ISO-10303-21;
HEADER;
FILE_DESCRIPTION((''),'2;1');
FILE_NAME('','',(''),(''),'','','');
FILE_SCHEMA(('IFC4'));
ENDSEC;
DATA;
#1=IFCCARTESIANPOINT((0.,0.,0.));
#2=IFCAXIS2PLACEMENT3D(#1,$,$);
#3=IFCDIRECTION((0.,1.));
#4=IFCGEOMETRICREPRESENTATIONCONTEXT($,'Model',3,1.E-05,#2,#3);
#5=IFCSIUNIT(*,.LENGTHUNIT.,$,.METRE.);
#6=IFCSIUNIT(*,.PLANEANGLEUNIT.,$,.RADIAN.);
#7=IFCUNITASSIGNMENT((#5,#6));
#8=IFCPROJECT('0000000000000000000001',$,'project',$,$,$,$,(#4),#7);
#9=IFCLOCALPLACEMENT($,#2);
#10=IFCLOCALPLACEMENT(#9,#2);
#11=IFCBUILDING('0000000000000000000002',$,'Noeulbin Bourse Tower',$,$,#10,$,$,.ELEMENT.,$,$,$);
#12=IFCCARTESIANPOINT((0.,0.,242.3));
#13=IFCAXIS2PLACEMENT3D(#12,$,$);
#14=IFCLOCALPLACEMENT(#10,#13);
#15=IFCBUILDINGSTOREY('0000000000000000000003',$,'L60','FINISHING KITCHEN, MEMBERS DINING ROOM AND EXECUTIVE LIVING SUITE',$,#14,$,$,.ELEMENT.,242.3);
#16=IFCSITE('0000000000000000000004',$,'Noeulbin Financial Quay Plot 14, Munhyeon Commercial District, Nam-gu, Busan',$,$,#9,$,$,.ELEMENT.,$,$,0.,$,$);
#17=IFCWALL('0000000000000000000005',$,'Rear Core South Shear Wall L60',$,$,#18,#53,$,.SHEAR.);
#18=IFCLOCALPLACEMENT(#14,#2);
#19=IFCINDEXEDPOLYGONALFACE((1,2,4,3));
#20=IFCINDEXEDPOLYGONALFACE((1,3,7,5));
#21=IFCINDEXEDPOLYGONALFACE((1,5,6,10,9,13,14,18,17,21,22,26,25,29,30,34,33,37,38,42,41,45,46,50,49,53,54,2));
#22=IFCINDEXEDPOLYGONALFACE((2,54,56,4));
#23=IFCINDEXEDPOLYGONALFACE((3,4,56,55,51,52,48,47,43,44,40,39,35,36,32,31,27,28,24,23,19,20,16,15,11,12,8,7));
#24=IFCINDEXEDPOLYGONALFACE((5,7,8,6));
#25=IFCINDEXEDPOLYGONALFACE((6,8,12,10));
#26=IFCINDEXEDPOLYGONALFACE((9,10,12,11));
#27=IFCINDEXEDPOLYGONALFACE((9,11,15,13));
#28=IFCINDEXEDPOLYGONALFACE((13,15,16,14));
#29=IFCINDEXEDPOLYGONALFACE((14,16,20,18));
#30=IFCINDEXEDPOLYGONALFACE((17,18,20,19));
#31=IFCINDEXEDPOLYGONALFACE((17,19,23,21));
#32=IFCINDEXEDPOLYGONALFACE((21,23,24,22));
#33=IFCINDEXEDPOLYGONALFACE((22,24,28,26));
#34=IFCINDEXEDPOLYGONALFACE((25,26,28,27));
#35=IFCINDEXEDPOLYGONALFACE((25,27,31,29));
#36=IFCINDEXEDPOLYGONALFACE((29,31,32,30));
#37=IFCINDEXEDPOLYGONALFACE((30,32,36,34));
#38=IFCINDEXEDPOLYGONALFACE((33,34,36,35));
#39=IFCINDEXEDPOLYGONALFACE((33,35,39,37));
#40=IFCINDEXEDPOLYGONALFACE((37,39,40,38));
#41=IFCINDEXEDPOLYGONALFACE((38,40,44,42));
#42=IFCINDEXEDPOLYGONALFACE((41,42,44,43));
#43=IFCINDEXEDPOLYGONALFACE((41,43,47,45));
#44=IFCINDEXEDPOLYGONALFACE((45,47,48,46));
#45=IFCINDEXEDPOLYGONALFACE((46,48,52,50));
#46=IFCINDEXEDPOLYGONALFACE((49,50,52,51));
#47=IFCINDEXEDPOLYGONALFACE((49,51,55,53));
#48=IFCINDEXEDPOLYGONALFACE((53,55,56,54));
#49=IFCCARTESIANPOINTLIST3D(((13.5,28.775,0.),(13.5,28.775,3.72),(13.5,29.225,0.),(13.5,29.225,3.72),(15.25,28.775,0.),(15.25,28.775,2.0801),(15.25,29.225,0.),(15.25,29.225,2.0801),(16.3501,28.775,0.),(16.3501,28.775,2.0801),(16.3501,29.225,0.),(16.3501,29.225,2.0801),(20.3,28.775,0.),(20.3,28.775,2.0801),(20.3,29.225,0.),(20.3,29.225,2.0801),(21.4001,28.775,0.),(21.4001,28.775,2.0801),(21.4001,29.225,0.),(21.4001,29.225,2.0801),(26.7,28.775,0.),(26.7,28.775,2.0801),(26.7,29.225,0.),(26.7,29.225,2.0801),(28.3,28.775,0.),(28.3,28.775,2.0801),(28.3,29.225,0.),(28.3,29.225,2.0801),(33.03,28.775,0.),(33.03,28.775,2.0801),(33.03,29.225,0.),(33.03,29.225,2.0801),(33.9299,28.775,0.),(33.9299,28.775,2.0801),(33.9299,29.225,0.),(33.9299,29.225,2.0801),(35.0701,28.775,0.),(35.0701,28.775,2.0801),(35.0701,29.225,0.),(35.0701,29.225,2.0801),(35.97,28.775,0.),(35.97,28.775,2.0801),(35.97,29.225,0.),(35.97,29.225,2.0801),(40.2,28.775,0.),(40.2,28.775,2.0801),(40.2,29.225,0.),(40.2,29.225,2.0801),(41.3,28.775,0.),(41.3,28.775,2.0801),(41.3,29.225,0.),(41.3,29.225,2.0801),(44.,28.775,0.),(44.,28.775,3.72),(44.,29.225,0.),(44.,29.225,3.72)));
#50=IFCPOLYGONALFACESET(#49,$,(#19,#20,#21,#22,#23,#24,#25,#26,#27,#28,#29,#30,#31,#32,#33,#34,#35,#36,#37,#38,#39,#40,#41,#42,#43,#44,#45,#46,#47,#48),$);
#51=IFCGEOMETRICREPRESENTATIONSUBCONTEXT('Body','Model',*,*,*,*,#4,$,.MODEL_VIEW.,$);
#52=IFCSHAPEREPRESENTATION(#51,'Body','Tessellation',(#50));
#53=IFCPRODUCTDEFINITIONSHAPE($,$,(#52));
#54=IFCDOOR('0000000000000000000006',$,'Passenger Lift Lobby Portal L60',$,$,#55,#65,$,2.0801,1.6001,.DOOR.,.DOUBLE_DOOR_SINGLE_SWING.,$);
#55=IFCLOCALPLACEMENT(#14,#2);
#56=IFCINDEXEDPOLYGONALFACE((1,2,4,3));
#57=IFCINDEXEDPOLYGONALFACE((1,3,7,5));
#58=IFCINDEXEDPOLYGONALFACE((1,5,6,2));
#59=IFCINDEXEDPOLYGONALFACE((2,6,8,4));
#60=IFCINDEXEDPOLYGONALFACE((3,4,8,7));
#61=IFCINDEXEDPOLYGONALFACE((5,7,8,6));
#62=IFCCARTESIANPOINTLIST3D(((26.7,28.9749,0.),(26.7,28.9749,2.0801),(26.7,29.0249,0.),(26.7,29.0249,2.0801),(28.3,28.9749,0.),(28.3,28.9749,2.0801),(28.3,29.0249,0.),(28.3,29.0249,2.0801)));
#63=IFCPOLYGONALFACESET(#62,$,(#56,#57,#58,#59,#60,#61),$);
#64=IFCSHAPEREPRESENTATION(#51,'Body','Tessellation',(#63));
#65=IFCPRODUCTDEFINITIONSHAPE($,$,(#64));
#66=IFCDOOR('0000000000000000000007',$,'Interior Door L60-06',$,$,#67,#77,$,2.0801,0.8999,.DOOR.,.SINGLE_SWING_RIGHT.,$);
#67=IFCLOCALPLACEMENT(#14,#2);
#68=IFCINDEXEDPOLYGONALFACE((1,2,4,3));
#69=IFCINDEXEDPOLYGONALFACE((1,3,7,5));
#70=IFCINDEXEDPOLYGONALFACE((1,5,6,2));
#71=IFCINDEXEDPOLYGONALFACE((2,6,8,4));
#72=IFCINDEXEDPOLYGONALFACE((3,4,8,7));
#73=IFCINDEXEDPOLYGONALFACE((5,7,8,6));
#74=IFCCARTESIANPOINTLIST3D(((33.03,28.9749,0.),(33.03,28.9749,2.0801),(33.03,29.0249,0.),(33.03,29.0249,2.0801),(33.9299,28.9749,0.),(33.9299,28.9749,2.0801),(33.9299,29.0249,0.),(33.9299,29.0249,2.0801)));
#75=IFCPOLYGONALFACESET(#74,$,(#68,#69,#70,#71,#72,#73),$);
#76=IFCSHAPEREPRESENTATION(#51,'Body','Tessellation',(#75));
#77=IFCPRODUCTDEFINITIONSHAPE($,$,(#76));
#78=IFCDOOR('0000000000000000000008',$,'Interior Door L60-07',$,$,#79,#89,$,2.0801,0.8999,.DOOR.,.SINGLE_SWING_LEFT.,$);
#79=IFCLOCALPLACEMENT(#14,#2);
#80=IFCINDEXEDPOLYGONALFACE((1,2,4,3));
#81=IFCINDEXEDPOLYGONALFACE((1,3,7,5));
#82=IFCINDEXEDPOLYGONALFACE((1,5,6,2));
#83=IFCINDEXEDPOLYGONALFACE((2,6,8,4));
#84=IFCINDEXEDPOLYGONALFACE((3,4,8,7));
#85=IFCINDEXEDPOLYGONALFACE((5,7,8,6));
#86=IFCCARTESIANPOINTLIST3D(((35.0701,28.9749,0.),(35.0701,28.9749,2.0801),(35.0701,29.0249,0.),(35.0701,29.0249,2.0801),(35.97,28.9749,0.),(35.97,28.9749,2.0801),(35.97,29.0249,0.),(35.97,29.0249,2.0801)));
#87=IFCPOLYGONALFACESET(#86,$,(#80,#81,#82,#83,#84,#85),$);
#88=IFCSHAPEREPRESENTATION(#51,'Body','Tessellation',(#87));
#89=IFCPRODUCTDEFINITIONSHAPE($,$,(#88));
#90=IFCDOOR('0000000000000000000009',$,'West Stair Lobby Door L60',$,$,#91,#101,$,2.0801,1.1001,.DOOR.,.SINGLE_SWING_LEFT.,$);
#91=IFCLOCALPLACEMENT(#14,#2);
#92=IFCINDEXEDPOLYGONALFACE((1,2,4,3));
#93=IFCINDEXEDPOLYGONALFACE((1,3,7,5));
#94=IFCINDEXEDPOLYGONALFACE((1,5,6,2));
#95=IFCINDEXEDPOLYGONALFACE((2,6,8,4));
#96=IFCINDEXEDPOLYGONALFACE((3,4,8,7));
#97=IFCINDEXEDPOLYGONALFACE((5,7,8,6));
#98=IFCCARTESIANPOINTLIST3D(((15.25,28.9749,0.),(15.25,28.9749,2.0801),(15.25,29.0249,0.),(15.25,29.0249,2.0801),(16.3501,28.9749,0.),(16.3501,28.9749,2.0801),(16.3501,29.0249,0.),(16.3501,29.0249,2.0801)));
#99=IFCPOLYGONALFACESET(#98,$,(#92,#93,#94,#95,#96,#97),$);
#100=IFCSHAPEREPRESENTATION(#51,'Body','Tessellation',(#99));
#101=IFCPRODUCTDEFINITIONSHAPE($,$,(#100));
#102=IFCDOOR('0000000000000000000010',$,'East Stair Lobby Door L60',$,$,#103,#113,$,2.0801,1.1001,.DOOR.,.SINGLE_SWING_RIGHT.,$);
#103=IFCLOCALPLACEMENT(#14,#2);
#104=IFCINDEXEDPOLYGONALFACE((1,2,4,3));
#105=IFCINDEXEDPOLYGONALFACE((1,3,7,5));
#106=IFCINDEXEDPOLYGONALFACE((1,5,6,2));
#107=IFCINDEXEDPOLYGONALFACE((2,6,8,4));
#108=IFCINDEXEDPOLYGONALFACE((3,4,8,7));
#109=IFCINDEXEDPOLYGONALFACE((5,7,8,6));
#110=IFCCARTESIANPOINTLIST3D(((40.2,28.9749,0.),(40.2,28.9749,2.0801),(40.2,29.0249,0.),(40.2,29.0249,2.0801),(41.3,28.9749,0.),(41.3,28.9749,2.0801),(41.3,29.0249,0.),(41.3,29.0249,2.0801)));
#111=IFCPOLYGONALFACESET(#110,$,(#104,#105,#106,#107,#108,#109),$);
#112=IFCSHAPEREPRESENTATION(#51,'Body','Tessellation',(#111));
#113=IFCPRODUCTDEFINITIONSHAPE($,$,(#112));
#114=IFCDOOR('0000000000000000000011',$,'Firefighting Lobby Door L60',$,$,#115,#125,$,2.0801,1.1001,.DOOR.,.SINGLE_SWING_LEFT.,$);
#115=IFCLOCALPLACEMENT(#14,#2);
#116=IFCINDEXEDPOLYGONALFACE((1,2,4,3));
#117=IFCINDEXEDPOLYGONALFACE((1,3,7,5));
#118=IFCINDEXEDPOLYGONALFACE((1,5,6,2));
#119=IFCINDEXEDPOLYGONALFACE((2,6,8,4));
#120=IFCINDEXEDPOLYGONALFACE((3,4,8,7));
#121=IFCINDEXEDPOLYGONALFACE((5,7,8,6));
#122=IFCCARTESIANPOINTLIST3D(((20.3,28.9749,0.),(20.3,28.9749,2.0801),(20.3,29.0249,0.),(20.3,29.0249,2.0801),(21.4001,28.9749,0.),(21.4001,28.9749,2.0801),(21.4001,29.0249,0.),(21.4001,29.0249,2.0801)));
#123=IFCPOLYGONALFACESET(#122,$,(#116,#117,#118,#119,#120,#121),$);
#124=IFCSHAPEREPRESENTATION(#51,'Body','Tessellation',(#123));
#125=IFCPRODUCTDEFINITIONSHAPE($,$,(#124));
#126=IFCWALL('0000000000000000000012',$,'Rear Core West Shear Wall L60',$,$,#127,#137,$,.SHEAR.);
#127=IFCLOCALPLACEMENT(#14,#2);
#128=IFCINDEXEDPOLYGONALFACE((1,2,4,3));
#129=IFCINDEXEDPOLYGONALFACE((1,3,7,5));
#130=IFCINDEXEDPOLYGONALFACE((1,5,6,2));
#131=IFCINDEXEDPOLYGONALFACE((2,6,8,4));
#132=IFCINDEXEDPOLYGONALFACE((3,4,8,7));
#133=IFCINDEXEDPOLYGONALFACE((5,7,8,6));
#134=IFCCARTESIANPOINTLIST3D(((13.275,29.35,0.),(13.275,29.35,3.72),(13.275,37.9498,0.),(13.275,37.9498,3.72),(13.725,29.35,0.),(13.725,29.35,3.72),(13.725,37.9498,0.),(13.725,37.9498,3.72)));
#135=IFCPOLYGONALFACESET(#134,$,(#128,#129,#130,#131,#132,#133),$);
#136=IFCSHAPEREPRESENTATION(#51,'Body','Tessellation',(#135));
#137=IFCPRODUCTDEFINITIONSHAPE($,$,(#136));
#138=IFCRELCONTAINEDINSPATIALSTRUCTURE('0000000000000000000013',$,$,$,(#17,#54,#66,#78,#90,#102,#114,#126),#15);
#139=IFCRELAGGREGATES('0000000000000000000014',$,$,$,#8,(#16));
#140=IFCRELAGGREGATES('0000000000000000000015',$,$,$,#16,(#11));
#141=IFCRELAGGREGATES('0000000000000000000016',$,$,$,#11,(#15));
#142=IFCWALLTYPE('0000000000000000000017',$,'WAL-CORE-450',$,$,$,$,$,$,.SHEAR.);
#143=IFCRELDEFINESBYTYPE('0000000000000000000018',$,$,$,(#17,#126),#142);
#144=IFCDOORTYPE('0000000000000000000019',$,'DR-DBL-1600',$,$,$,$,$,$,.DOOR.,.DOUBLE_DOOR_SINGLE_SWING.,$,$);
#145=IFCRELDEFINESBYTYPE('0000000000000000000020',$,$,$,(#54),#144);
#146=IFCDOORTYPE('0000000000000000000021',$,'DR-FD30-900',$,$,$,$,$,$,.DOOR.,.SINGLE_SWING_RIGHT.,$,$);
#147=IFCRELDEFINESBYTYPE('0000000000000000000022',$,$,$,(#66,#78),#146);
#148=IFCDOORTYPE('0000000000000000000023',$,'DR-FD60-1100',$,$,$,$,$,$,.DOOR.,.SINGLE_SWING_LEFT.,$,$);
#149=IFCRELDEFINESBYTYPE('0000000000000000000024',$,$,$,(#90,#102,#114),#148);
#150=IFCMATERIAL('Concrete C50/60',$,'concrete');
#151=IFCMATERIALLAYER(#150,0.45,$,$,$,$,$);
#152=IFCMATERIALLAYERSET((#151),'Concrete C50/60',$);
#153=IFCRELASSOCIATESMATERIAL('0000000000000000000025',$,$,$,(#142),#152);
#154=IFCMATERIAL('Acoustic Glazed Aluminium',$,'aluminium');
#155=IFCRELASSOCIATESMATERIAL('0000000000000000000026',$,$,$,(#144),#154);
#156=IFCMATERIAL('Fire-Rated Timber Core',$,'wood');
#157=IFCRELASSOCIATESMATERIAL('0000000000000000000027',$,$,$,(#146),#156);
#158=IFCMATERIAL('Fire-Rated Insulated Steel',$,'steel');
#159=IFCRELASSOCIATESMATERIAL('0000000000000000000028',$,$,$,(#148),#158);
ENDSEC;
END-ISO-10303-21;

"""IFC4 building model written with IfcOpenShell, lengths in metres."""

from ifc_helpers import new_model, si_unit, direction, frame, frame_2d, origin, place, context, subcontext, project, spatial, rectangle, extrude, material, layer, layer_set, type_object, element, fill, save


model = new_model("IFC4")

# Units and contexts
model_context = context("Model", 3, precision=1e-05, world=origin(), true_north=direction((0.0, 1.0)))
body_context = subcontext(model_context, "Body", "Model", "MODEL_VIEW")
ifc_project = project(units=[si_unit("LENGTHUNIT", "METRE"), si_unit("PLANEANGLEUNIT", "RADIAN")], contexts=[model_context])

# Site, building, storey
site_placement = place(None, origin())
site = spatial("IfcSite", under=ifc_project, at=site_placement, Name="Noeulbin Financial Quay Plot 14, Munhyeon Commercial District, Nam-gu, Busan", CompositionType="ELEMENT", RefElevation=0.0)
building_placement = place(site_placement, origin())
building = spatial("IfcBuilding", under=site, at=building_placement, Name="Noeulbin Bourse Tower", CompositionType="ELEMENT")
storey_placement = place(building_placement, frame((0.0, 0.0, 242.3)))
storey = spatial("IfcBuildingStorey", under=building, at=storey_placement, Name="L60", Description="FINISHING KITCHEN, MEMBERS DINING ROOM AND EXECUTIVE LIVING SUITE", CompositionType="ELEMENT", Elevation=242.3)

# Wall, openings, doors
ifc_material_1 = material(Name="Concrete C50/60", Category="concrete")
ifc_layer_1 = layer(ifc_material_1, 0.45)
ifc_layer_set_1 = layer_set([ifc_layer_1], Name="Concrete C50/60")
wall_type_1 = type_object("IfcWallType", Name="WAL-CORE-450", PredefinedType="SHEAR", material=ifc_layer_set_1)
wall_1_placement = place(storey_placement, frame((13.5, 29.0, 0.0), z_axis=(0.0, 0.0, 1.0), x_axis=(1.0, 0.0, 0.0)))
wall_1 = element("IfcWall", 1, at=wall_1_placement, inside=storey, type_object=wall_type_1, Name="Rear Core South Shear Wall L60", PredefinedType="SHEAR", context=body_context, shape_type="SweptSolid", body=[
    extrude(rectangle(XDim=30.5, YDim=0.45, at=frame_2d((15.25, 0.0))), origin(), (0.0, 0.0, 1.0), 3.72),
])
opening_1_placement = place(wall_1_placement, frame((1.75, 0.0, 0.0)))
opening_1 = element("IfcOpeningElement", 2, at=opening_1_placement, cuts=wall_1, PredefinedType="OPENING", context=body_context, shape_type="SweptSolid", body=[
    extrude(rectangle(XDim=1.1001, YDim=2.0801, at=frame_2d((0.55, 1.04))), frame((0.0, 0.2349, 0.0), z_axis=(0.0, -1.0, 0.0), x_axis=(1.0, 0.0, 0.0)), (0.0, 0.0, 1.0), 0.47),
])
opening_2_placement = place(wall_1_placement, frame((26.7, 0.0, 0.0)))
opening_2 = element("IfcOpeningElement", 3, at=opening_2_placement, cuts=wall_1, PredefinedType="OPENING", context=body_context, shape_type="SweptSolid", body=[
    extrude(rectangle(XDim=1.1001, YDim=2.0801, at=frame_2d((0.55, 1.04))), frame((0.0, 0.2349, 0.0), z_axis=(0.0, -1.0, 0.0), x_axis=(1.0, 0.0, 0.0)), (0.0, 0.0, 1.0), 0.47),
])
opening_3_placement = place(wall_1_placement, frame((6.8, 0.0, 0.0)))
opening_3 = element("IfcOpeningElement", 4, at=opening_3_placement, cuts=wall_1, PredefinedType="OPENING", context=body_context, shape_type="SweptSolid", body=[
    extrude(rectangle(XDim=1.1001, YDim=2.0801, at=frame_2d((0.55, 1.04))), frame((0.0, 0.2349, 0.0), z_axis=(0.0, -1.0, 0.0), x_axis=(1.0, 0.0, 0.0)), (0.0, 0.0, 1.0), 0.47),
])
opening_4_placement = place(wall_1_placement, frame((13.2, 0.0, 0.0)))
opening_4 = element("IfcOpeningElement", 5, at=opening_4_placement, cuts=wall_1, PredefinedType="OPENING", context=body_context, shape_type="SweptSolid", body=[
    extrude(rectangle(XDim=1.6001, YDim=2.0801, at=frame_2d((0.8, 1.04))), frame((0.0, 0.2349, 0.0), z_axis=(0.0, -1.0, 0.0), x_axis=(1.0, 0.0, 0.0)), (0.0, 0.0, 1.0), 0.47),
])
opening_5_placement = place(wall_1_placement, frame((19.53, 0.0, 0.0)))
opening_5 = element("IfcOpeningElement", 6, at=opening_5_placement, cuts=wall_1, PredefinedType="OPENING", context=body_context, shape_type="SweptSolid", body=[
    extrude(rectangle(XDim=0.8999, YDim=2.0801, at=frame_2d((0.45, 1.04))), frame((0.0, 0.2349, 0.0), z_axis=(0.0, -1.0, 0.0), x_axis=(1.0, 0.0, 0.0)), (0.0, 0.0, 1.0), 0.47),
])
opening_6_placement = place(wall_1_placement, frame((21.5701, 0.0, 0.0)))
opening_6 = element("IfcOpeningElement", 7, at=opening_6_placement, cuts=wall_1, PredefinedType="OPENING", context=body_context, shape_type="SweptSolid", body=[
    extrude(rectangle(XDim=0.8999, YDim=2.0801, at=frame_2d((0.45, 1.04))), frame((0.0, 0.2349, 0.0), z_axis=(0.0, -1.0, 0.0), x_axis=(1.0, 0.0, 0.0)), (0.0, 0.0, 1.0), 0.47),
])
ifc_material_2 = material(Name="Acoustic Glazed Aluminium", Category="aluminium")
door_type_1 = type_object("IfcDoorType", Name="DR-DBL-1600", OperationType="DOUBLE_DOOR_SINGLE_SWING", PredefinedType="DOOR", material=ifc_material_2)
door_1_placement = place(opening_4_placement, origin())
door_1 = element("IfcDoor", 8, at=door_1_placement, inside=storey, type_object=door_type_1, Name="Passenger Lift Lobby Portal L60", OperationType="DOUBLE_DOOR_SINGLE_SWING", OverallHeight=2.0801, OverallWidth=1.6001, PredefinedType="DOOR", context=body_context, shape_type="SweptSolid", body=[
    extrude(rectangle(XDim=1.6001, YDim=2.0801, at=frame_2d((0.8, 1.04))), frame((0.0, 0.0249, 0.0), z_axis=(0.0, -1.0, 0.0), x_axis=(1.0, 0.0, 0.0)), (0.0, 0.0, 1.0), 0.05),
])
fill(opening_4, door_1)
ifc_material_3 = material(Name="Fire-Rated Timber Core", Category="wood")
door_type_2 = type_object("IfcDoorType", Name="DR-FD30-900", OperationType="SINGLE_SWING_RIGHT", PredefinedType="DOOR", material=ifc_material_3)
door_2_placement = place(opening_5_placement, origin())
door_2 = element("IfcDoor", 9, at=door_2_placement, inside=storey, type_object=door_type_2, Name="Interior Door L60-06", OperationType="SINGLE_SWING_RIGHT", OverallHeight=2.0801, OverallWidth=0.8999, PredefinedType="DOOR", context=body_context, shape_type="SweptSolid", body=[
    extrude(rectangle(XDim=0.8999, YDim=2.0801, at=frame_2d((0.45, 1.04))), frame((0.0, 0.0249, 0.0), z_axis=(0.0, -1.0, 0.0), x_axis=(1.0, 0.0, 0.0)), (0.0, 0.0, 1.0), 0.05),
])
fill(opening_5, door_2)
door_3_placement = place(opening_6_placement, origin())
door_3 = element("IfcDoor", 10, at=door_3_placement, inside=storey, type_object=door_type_2, Name="Interior Door L60-07", OperationType="SINGLE_SWING_LEFT", OverallHeight=2.0801, OverallWidth=0.8999, PredefinedType="DOOR", context=body_context, shape_type="SweptSolid", body=[
    extrude(rectangle(XDim=0.8999, YDim=2.0801, at=frame_2d((0.45, 1.04))), frame((0.0, 0.0249, 0.0), z_axis=(0.0, -1.0, 0.0), x_axis=(1.0, 0.0, 0.0)), (0.0, 0.0, 1.0), 0.05),
])
fill(opening_6, door_3)
ifc_material_4 = material(Name="Fire-Rated Insulated Steel", Category="steel")
door_type_3 = type_object("IfcDoorType", Name="DR-FD60-1100", OperationType="SINGLE_SWING_LEFT", PredefinedType="DOOR", material=ifc_material_4)
door_4_placement = place(opening_1_placement, origin())
door_4 = element("IfcDoor", 11, at=door_4_placement, inside=storey, type_object=door_type_3, Name="West Stair Lobby Door L60", OperationType="SINGLE_SWING_LEFT", OverallHeight=2.0801, OverallWidth=1.1001, PredefinedType="DOOR", context=body_context, shape_type="SweptSolid", body=[
    extrude(rectangle(XDim=1.1001, YDim=2.0801, at=frame_2d((0.55, 1.04))), frame((0.0, 0.0249, 0.0), z_axis=(0.0, -1.0, 0.0), x_axis=(1.0, 0.0, 0.0)), (0.0, 0.0, 1.0), 0.05),
])
fill(opening_1, door_4)
door_5_placement = place(opening_2_placement, origin())
door_5 = element("IfcDoor", 12, at=door_5_placement, inside=storey, type_object=door_type_3, Name="East Stair Lobby Door L60", OperationType="SINGLE_SWING_RIGHT", OverallHeight=2.0801, OverallWidth=1.1001, PredefinedType="DOOR", context=body_context, shape_type="SweptSolid", body=[
    extrude(rectangle(XDim=1.1001, YDim=2.0801, at=frame_2d((0.55, 1.04))), frame((0.0, 0.0249, 0.0), z_axis=(0.0, -1.0, 0.0), x_axis=(1.0, 0.0, 0.0)), (0.0, 0.0, 1.0), 0.05),
])
fill(opening_2, door_5)
door_6_placement = place(opening_3_placement, origin())
door_6 = element("IfcDoor", 13, at=door_6_placement, inside=storey, type_object=door_type_3, Name="Firefighting Lobby Door L60", OperationType="SINGLE_SWING_LEFT", OverallHeight=2.0801, OverallWidth=1.1001, PredefinedType="DOOR", context=body_context, shape_type="SweptSolid", body=[
    extrude(rectangle(XDim=1.1001, YDim=2.0801, at=frame_2d((0.55, 1.04))), frame((0.0, 0.0249, 0.0), z_axis=(0.0, -1.0, 0.0), x_axis=(1.0, 0.0, 0.0)), (0.0, 0.0, 1.0), 0.05),
])
fill(opening_3, door_6)

# Wall
wall_2_placement = place(storey_placement, frame((13.5, 29.3501, 0.0), z_axis=(0.0, 0.0, 1.0), x_axis=(0.0, 1.0, 0.0)))
element("IfcWall", 14, at=wall_2_placement, inside=storey, type_object=wall_type_1, Name="Rear Core West Shear Wall L60", PredefinedType="SHEAR", context=body_context, shape_type="SweptSolid", body=[
    extrude(rectangle(XDim=8.5999, YDim=0.45, at=frame_2d((4.2998, 0.0))), origin(), (0.0, 0.0, 1.0), 3.72),
])

save(model, "model.ifc")
